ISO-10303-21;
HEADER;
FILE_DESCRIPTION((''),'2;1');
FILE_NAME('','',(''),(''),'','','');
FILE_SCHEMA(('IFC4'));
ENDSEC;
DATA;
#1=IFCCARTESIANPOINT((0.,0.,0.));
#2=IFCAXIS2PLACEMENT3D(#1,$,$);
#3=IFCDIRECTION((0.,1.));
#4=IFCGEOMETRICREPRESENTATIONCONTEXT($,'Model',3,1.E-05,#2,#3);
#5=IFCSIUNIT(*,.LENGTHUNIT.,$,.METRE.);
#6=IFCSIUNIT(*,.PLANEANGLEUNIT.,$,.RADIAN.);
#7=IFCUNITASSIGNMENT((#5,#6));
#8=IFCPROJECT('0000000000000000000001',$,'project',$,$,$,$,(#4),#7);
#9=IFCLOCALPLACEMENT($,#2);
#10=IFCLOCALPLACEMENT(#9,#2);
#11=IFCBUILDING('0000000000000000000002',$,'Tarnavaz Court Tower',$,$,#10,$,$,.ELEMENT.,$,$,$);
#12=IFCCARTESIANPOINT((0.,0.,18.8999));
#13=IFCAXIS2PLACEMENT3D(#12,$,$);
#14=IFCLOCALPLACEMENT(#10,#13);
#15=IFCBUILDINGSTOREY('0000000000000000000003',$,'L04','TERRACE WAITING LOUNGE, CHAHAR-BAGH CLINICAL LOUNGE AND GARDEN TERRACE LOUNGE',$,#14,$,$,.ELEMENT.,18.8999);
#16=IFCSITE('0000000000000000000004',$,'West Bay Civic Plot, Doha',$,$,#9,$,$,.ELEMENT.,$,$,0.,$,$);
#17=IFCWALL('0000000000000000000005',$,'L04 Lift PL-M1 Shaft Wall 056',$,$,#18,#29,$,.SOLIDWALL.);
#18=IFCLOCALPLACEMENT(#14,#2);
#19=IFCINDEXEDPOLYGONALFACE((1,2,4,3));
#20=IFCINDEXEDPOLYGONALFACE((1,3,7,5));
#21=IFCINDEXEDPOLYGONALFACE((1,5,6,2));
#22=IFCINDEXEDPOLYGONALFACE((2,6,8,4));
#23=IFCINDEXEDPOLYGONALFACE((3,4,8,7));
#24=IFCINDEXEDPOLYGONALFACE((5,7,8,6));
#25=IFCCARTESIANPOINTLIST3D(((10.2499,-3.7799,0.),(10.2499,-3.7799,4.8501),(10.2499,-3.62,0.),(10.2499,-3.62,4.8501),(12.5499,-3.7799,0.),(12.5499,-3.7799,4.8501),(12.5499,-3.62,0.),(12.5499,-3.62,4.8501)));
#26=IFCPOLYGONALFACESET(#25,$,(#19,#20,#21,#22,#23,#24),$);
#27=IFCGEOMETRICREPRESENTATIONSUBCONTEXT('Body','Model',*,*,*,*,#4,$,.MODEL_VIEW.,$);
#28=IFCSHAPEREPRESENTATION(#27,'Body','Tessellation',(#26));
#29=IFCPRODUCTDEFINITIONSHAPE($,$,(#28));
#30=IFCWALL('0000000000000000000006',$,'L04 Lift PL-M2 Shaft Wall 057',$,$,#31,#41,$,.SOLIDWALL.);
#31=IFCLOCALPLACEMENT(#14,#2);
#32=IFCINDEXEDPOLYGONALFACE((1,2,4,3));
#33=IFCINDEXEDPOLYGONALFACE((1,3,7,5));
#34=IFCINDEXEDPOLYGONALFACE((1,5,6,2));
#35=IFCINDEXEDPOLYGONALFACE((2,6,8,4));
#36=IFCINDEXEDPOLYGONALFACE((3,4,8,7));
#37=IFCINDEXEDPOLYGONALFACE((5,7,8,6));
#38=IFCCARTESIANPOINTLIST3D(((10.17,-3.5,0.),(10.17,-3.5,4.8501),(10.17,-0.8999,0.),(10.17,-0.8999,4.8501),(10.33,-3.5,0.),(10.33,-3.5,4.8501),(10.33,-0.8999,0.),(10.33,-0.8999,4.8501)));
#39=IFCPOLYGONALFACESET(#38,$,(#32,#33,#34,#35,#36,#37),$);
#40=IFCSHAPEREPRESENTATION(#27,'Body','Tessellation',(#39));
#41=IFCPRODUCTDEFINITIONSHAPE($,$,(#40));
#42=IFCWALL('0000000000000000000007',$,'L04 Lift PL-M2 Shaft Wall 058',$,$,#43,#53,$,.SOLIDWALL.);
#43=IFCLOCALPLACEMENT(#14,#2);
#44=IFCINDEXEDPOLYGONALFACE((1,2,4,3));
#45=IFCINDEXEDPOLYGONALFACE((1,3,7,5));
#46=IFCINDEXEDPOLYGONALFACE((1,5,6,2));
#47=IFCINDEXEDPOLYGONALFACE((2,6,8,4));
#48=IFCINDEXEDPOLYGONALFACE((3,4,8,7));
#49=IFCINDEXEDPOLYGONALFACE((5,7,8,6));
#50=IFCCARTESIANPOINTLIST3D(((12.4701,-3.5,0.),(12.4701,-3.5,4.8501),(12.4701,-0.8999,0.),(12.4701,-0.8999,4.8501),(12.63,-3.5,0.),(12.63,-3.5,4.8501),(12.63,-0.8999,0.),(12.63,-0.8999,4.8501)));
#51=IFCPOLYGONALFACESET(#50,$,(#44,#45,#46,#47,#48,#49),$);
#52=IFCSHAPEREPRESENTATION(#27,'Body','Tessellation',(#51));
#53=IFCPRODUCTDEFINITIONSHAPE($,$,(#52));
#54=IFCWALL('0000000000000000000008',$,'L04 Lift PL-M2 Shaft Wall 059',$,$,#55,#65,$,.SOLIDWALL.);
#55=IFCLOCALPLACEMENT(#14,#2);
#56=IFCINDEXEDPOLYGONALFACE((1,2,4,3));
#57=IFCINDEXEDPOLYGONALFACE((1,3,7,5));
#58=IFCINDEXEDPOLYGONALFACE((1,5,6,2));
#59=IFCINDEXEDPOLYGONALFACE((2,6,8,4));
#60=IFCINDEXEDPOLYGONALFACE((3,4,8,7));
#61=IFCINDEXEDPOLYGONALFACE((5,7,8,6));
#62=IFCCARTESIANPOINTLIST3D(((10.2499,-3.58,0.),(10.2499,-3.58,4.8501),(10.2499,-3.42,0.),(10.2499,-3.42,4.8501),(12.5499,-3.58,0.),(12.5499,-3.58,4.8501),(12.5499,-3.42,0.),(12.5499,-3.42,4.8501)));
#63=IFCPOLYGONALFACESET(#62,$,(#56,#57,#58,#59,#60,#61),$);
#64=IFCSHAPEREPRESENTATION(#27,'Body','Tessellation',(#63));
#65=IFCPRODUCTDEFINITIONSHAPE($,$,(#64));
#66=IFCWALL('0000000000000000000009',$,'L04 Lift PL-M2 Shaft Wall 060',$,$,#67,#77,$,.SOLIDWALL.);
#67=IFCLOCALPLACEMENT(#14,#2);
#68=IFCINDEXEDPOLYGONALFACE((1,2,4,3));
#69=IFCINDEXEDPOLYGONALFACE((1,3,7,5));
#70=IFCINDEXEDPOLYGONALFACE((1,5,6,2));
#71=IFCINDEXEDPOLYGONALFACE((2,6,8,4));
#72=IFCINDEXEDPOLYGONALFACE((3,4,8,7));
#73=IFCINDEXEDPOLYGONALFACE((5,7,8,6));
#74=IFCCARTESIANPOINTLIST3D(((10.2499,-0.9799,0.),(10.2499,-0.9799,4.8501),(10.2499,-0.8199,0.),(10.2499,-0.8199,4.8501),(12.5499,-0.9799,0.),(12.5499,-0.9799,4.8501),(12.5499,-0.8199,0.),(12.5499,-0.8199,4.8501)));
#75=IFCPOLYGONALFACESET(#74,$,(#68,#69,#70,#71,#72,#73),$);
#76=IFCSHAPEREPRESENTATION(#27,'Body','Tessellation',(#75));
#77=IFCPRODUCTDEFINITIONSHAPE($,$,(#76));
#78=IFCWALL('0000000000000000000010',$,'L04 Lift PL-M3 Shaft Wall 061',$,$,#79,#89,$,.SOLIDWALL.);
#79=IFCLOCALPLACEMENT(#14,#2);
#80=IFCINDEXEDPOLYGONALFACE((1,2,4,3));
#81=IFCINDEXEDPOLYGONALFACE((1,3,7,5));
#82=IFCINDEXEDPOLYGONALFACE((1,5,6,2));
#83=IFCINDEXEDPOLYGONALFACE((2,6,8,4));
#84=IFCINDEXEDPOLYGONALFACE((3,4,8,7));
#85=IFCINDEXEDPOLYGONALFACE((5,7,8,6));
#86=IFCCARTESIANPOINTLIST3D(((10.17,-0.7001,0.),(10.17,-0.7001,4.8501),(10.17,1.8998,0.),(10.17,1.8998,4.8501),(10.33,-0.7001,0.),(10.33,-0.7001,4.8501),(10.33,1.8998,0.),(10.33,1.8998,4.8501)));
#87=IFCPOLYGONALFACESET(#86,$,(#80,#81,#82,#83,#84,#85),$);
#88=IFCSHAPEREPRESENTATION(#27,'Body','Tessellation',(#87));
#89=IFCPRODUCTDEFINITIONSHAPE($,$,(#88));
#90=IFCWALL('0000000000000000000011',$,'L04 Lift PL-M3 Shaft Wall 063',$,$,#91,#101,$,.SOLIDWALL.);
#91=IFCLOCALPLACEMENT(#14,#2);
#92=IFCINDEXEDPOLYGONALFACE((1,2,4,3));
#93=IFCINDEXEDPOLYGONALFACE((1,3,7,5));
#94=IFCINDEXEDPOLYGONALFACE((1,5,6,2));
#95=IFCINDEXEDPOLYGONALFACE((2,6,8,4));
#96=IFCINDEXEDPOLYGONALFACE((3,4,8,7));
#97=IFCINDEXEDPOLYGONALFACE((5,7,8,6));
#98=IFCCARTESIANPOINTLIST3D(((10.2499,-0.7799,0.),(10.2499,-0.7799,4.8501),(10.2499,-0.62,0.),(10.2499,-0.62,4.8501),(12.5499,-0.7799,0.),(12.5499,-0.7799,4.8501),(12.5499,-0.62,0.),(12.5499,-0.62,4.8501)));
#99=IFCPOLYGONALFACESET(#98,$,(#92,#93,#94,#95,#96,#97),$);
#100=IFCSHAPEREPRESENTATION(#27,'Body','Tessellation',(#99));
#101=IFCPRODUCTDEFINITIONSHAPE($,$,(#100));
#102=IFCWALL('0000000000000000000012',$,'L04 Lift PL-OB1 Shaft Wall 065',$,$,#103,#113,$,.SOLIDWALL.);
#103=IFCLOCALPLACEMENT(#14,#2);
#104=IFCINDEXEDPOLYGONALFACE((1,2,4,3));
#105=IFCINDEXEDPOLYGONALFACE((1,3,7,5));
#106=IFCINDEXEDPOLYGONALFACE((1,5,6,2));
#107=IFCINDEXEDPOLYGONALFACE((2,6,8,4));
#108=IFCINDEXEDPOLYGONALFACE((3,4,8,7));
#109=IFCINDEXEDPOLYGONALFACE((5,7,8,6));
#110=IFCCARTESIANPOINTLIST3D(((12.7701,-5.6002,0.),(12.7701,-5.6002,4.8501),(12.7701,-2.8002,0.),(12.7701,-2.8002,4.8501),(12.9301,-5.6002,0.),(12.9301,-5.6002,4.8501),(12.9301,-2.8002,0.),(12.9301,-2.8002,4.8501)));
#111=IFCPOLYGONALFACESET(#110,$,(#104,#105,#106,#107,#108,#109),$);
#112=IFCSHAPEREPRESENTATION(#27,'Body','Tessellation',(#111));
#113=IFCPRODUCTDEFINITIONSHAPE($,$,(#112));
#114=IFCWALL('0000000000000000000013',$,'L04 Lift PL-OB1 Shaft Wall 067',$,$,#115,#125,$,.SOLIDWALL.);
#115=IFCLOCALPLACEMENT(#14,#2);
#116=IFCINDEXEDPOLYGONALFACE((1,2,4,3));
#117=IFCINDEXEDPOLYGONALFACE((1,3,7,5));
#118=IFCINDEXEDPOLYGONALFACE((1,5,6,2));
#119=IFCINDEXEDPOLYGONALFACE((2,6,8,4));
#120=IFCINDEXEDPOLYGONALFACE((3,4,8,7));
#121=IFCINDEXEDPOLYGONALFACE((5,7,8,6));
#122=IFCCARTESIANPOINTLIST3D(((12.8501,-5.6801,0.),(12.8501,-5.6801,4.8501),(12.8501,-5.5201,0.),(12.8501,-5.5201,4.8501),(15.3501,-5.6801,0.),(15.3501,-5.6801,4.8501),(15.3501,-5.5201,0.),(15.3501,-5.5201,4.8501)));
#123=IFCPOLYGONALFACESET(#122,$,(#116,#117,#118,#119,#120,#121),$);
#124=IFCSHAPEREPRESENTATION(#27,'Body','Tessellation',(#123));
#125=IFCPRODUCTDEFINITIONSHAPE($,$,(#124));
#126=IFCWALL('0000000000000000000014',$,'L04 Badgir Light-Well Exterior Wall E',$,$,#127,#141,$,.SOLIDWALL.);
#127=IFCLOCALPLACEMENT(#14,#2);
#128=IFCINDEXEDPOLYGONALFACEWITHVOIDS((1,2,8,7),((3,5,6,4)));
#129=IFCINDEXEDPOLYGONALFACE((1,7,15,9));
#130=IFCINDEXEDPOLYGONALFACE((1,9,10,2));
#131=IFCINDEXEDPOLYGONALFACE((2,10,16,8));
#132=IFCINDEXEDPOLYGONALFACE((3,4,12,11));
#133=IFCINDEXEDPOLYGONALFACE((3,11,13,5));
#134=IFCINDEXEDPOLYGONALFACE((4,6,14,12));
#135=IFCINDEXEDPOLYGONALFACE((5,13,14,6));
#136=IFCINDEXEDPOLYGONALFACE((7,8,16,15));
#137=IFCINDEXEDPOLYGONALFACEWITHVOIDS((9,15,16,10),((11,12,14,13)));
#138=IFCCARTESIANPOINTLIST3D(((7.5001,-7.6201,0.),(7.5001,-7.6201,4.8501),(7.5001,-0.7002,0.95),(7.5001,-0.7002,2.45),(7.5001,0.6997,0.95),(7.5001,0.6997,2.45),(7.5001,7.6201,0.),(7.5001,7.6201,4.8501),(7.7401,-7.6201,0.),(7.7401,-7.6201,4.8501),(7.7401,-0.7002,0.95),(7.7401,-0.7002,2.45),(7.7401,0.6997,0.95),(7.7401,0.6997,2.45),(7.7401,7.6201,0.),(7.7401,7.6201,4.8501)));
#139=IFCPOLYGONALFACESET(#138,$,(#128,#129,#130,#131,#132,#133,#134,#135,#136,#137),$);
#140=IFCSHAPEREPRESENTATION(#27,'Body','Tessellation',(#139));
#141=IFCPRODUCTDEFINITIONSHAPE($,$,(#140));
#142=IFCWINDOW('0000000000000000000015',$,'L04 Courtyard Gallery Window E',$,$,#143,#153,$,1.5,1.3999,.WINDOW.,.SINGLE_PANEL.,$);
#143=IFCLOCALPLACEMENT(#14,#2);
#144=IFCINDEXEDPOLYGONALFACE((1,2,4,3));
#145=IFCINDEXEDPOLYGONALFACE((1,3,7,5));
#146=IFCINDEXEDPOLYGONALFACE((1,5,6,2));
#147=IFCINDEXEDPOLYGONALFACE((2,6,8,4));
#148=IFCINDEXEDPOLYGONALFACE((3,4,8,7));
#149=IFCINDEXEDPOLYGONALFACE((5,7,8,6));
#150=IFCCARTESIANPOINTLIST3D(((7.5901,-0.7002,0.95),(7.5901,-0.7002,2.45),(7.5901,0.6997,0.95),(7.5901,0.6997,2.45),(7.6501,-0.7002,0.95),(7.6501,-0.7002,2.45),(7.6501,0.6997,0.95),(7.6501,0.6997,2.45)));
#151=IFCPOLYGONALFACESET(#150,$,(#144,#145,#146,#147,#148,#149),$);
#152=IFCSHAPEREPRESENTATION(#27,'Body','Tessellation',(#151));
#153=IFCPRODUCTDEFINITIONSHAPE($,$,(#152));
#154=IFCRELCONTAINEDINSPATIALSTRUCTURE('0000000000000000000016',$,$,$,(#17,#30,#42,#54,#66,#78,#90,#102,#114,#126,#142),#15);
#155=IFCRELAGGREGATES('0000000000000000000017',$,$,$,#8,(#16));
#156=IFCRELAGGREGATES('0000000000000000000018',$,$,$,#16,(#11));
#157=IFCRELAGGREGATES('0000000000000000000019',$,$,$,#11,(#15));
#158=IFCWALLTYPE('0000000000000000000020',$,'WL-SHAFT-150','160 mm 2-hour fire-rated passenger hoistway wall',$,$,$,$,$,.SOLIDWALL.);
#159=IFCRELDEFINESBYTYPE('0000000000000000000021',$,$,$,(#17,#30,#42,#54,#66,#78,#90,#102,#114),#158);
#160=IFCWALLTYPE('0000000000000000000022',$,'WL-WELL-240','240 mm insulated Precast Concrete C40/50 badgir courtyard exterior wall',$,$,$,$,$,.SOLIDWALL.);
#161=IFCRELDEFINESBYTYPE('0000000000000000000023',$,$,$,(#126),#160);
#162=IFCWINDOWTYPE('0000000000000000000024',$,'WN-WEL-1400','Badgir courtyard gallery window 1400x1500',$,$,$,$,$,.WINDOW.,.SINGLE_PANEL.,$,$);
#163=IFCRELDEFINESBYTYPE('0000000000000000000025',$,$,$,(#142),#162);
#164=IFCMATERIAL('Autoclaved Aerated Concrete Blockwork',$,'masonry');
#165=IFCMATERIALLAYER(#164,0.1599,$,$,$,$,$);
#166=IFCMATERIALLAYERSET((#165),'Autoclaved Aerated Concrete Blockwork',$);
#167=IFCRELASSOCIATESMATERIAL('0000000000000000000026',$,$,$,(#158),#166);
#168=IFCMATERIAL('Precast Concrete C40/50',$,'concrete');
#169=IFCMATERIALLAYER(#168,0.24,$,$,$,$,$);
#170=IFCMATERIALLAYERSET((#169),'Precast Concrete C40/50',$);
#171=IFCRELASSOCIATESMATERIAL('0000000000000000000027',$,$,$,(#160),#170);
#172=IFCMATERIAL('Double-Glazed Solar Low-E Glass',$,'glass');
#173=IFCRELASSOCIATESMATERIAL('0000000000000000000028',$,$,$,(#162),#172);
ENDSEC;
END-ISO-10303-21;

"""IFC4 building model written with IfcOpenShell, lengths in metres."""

from ifc_helpers import new_model, si_unit, direction, frame, frame_2d, origin, place, context, subcontext, project, spatial, rectangle, extrude, material, layer, layer_set, type_object, element, fill, save


model = new_model("IFC4")

# Units and contexts
model_context = context("Model", 3, precision=1e-05, world=origin(), true_north=direction((0.0, 1.0)))
body_context = subcontext(model_context, "Body", "Model", "MODEL_VIEW")
ifc_project = project(units=[si_unit("LENGTHUNIT", "METRE"), si_unit("PLANEANGLEUNIT", "RADIAN")], contexts=[model_context])

# Site, building, storey
site_placement = place(None, origin())
site = spatial("IfcSite", under=ifc_project, at=site_placement, Name="West Bay Civic Plot, Doha", CompositionType="ELEMENT", RefElevation=0.0)
building_placement = place(site_placement, origin())
building = spatial("IfcBuilding", under=site, at=building_placement, Name="Tarnavaz Court Tower", CompositionType="ELEMENT")
storey_placement = place(building_placement, frame((0.0, 0.0, 18.8999)))
storey = spatial("IfcBuildingStorey", under=building, at=storey_placement, Name="L04", Description="TERRACE WAITING LOUNGE, CHAHAR-BAGH CLINICAL LOUNGE AND GARDEN TERRACE LOUNGE", CompositionType="ELEMENT", Elevation=18.8999)

# Walls
ifc_material_1 = material(Name="Autoclaved Aerated Concrete Blockwork", Category="masonry")
ifc_layer_1 = layer(ifc_material_1, 0.1599)
ifc_layer_set_1 = layer_set([ifc_layer_1], Name="Autoclaved Aerated Concrete Blockwork")
wall_type_1 = type_object("IfcWallType", Name="WL-SHAFT-150", Description="160 mm 2-hour fire-rated passenger hoistway wall", PredefinedType="SOLIDWALL", material=ifc_layer_set_1)
for number, where, z_axis, x_axis, name in (
    (1, (10.25, -3.7, 0.0), (0.0, 0.0, 1.0), (1.0, 0.0, 0.0), "L04 Lift PL-M1 Shaft Wall 056"),
):
    element("IfcWall", number, at=place(storey_placement, frame(where, z_axis=z_axis, x_axis=x_axis)), inside=storey, type_object=wall_type_1, Name=name, PredefinedType="SOLIDWALL", context=body_context, shape_type="SweptSolid", body=[
        extrude(rectangle(XDim=2.3, YDim=0.1599, at=frame_2d((1.1499, 0.0))), origin(), (0.0, 0.0, 1.0), 4.8501),
    ])
for number, where, z_axis, x_axis, name in (
    (2, (10.25, -3.5, 0.0), (0.0, 0.0, 1.0), (0.0, 1.0, 0.0), "L04 Lift PL-M2 Shaft Wall 057"),
    (3, (12.55, -3.5, 0.0), (0.0, 0.0, 1.0), (0.0, 1.0, 0.0), "L04 Lift PL-M2 Shaft Wall 058"),
):
    element("IfcWall", number, at=place(storey_placement, frame(where, z_axis=z_axis, x_axis=x_axis)), inside=storey, type_object=wall_type_1, Name=name, PredefinedType="SOLIDWALL", context=body_context, shape_type="SweptSolid", body=[
        extrude(rectangle(XDim=2.6001, YDim=0.1599, at=frame_2d((1.3, 0.0))), origin(), (0.0, 0.0, 1.0), 4.8501),
    ])
for number, where, z_axis, x_axis, name in (
    (4, (10.25, -3.5, 0.0), (0.0, 0.0, 1.0), (1.0, 0.0, 0.0), "L04 Lift PL-M2 Shaft Wall 059"),
    (5, (10.25, -0.8999, 0.0), (0.0, 0.0, 1.0), (1.0, 0.0, 0.0), "L04 Lift PL-M2 Shaft Wall 060"),
):
    element("IfcWall", number, at=place(storey_placement, frame(where, z_axis=z_axis, x_axis=x_axis)), inside=storey, type_object=wall_type_1, Name=name, PredefinedType="SOLIDWALL", context=body_context, shape_type="SweptSolid", body=[
        extrude(rectangle(XDim=2.3, YDim=0.1599, at=frame_2d((1.1499, 0.0))), origin(), (0.0, 0.0, 1.0), 4.8501),
    ])
wall_1_placement = place(storey_placement, frame((10.25, -0.7, 0.0), z_axis=(0.0, 0.0, 1.0), x_axis=(0.0, 1.0, 0.0)))
element("IfcWall", 6, at=wall_1_placement, inside=storey, type_object=wall_type_1, Name="L04 Lift PL-M3 Shaft Wall 061", PredefinedType="SOLIDWALL", context=body_context, shape_type="SweptSolid", body=[
    extrude(rectangle(XDim=2.5999, YDim=0.1599, at=frame_2d((1.2998, 0.0))), origin(), (0.0, 0.0, 1.0), 4.8501),
])
wall_2_placement = place(storey_placement, frame((10.25, -0.7, 0.0), z_axis=(0.0, 0.0, 1.0), x_axis=(1.0, 0.0, 0.0)))
element("IfcWall", 7, at=wall_2_placement, inside=storey, type_object=wall_type_1, Name="L04 Lift PL-M3 Shaft Wall 063", PredefinedType="SOLIDWALL", context=body_context, shape_type="SweptSolid", body=[
    extrude(rectangle(XDim=2.3, YDim=0.1599, at=frame_2d((1.1499, 0.0))), origin(), (0.0, 0.0, 1.0), 4.8501),
])
wall_3_placement = place(storey_placement, frame((12.8501, -5.6001, 0.0), z_axis=(0.0, 0.0, 1.0), x_axis=(0.0, 1.0, 0.0)))
element("IfcWall", 8, at=wall_3_placement, inside=storey, type_object=wall_type_1, Name="L04 Lift PL-OB1 Shaft Wall 065", PredefinedType="SOLIDWALL", context=body_context, shape_type="SweptSolid", body=[
    extrude(rectangle(XDim=2.8, YDim=0.1599, at=frame_2d((1.3999, 0.0))), origin(), (0.0, 0.0, 1.0), 4.8501),
])
wall_4_placement = place(storey_placement, frame((12.8501, -5.6001, 0.0), z_axis=(0.0, 0.0, 1.0), x_axis=(1.0, 0.0, 0.0)))
element("IfcWall", 9, at=wall_4_placement, inside=storey, type_object=wall_type_1, Name="L04 Lift PL-OB1 Shaft Wall 067", PredefinedType="SOLIDWALL", context=body_context, shape_type="SweptSolid", body=[
    extrude(rectangle(XDim=2.5, YDim=0.1599, at=frame_2d((1.25, 0.0))), origin(), (0.0, 0.0, 1.0), 4.8501),
])

# Wall, opening, window
ifc_material_2 = material(Name="Precast Concrete C40/50", Category="concrete")
ifc_layer_2 = layer(ifc_material_2, 0.24)
ifc_layer_set_2 = layer_set([ifc_layer_2], Name="Precast Concrete C40/50")
wall_type_2 = type_object("IfcWallType", Name="WL-WELL-240", Description="240 mm insulated Precast Concrete C40/50 badgir courtyard exterior wall", PredefinedType="SOLIDWALL", material=ifc_layer_set_2)
wall_5_placement = place(storey_placement, frame((7.6201, -7.6201, 0.0), z_axis=(0.0, 0.0, 1.0), x_axis=(0.0, 1.0, 0.0)))
wall_5 = element("IfcWall", 10, at=wall_5_placement, inside=storey, type_object=wall_type_2, Name="L04 Badgir Light-Well Exterior Wall E", PredefinedType="SOLIDWALL", context=body_context, shape_type="SweptSolid", body=[
    extrude(rectangle(XDim=15.2402, YDim=0.24, at=frame_2d((7.6201, 0.0))), origin(), (0.0, 0.0, 1.0), 4.8501),
])
opening_placement = place(wall_5_placement, frame((6.9199, 0.0, 0.95)))
opening = element("IfcOpeningElement", 11, at=opening_placement, cuts=wall_5, PredefinedType="OPENING", context=body_context, shape_type="SweptSolid", body=[
    extrude(rectangle(XDim=1.3999, YDim=1.5, at=frame_2d((0.7, 0.75))), frame((0.0, 0.1299, 0.0), z_axis=(0.0, -1.0, 0.0), x_axis=(1.0, 0.0, 0.0)), (0.0, 0.0, 1.0), 0.26),
])
ifc_material_3 = material(Name="Double-Glazed Solar Low-E Glass", Category="glass")
window_type = type_object("IfcWindowType", Name="WN-WEL-1400", Description="Badgir courtyard gallery window 1400x1500", PartitioningType="SINGLE_PANEL", PredefinedType="WINDOW", material=ifc_material_3)
window_placement = place(opening_placement, origin())
window = element("IfcWindow", 12, at=window_placement, inside=storey, type_object=window_type, Name="L04 Courtyard Gallery Window E", OverallHeight=1.5, OverallWidth=1.3999, PartitioningType="SINGLE_PANEL", PredefinedType="WINDOW", context=body_context, shape_type="SweptSolid", body=[
    extrude(rectangle(XDim=1.3999, YDim=1.5, at=frame_2d((0.7, 0.75))), frame((0.0, 0.03, 0.0), z_axis=(0.0, -1.0, 0.0), x_axis=(1.0, 0.0, 0.0)), (0.0, 0.0, 1.0), 0.0601),
])
fill(opening, window)

save(model, "model.ifc")
